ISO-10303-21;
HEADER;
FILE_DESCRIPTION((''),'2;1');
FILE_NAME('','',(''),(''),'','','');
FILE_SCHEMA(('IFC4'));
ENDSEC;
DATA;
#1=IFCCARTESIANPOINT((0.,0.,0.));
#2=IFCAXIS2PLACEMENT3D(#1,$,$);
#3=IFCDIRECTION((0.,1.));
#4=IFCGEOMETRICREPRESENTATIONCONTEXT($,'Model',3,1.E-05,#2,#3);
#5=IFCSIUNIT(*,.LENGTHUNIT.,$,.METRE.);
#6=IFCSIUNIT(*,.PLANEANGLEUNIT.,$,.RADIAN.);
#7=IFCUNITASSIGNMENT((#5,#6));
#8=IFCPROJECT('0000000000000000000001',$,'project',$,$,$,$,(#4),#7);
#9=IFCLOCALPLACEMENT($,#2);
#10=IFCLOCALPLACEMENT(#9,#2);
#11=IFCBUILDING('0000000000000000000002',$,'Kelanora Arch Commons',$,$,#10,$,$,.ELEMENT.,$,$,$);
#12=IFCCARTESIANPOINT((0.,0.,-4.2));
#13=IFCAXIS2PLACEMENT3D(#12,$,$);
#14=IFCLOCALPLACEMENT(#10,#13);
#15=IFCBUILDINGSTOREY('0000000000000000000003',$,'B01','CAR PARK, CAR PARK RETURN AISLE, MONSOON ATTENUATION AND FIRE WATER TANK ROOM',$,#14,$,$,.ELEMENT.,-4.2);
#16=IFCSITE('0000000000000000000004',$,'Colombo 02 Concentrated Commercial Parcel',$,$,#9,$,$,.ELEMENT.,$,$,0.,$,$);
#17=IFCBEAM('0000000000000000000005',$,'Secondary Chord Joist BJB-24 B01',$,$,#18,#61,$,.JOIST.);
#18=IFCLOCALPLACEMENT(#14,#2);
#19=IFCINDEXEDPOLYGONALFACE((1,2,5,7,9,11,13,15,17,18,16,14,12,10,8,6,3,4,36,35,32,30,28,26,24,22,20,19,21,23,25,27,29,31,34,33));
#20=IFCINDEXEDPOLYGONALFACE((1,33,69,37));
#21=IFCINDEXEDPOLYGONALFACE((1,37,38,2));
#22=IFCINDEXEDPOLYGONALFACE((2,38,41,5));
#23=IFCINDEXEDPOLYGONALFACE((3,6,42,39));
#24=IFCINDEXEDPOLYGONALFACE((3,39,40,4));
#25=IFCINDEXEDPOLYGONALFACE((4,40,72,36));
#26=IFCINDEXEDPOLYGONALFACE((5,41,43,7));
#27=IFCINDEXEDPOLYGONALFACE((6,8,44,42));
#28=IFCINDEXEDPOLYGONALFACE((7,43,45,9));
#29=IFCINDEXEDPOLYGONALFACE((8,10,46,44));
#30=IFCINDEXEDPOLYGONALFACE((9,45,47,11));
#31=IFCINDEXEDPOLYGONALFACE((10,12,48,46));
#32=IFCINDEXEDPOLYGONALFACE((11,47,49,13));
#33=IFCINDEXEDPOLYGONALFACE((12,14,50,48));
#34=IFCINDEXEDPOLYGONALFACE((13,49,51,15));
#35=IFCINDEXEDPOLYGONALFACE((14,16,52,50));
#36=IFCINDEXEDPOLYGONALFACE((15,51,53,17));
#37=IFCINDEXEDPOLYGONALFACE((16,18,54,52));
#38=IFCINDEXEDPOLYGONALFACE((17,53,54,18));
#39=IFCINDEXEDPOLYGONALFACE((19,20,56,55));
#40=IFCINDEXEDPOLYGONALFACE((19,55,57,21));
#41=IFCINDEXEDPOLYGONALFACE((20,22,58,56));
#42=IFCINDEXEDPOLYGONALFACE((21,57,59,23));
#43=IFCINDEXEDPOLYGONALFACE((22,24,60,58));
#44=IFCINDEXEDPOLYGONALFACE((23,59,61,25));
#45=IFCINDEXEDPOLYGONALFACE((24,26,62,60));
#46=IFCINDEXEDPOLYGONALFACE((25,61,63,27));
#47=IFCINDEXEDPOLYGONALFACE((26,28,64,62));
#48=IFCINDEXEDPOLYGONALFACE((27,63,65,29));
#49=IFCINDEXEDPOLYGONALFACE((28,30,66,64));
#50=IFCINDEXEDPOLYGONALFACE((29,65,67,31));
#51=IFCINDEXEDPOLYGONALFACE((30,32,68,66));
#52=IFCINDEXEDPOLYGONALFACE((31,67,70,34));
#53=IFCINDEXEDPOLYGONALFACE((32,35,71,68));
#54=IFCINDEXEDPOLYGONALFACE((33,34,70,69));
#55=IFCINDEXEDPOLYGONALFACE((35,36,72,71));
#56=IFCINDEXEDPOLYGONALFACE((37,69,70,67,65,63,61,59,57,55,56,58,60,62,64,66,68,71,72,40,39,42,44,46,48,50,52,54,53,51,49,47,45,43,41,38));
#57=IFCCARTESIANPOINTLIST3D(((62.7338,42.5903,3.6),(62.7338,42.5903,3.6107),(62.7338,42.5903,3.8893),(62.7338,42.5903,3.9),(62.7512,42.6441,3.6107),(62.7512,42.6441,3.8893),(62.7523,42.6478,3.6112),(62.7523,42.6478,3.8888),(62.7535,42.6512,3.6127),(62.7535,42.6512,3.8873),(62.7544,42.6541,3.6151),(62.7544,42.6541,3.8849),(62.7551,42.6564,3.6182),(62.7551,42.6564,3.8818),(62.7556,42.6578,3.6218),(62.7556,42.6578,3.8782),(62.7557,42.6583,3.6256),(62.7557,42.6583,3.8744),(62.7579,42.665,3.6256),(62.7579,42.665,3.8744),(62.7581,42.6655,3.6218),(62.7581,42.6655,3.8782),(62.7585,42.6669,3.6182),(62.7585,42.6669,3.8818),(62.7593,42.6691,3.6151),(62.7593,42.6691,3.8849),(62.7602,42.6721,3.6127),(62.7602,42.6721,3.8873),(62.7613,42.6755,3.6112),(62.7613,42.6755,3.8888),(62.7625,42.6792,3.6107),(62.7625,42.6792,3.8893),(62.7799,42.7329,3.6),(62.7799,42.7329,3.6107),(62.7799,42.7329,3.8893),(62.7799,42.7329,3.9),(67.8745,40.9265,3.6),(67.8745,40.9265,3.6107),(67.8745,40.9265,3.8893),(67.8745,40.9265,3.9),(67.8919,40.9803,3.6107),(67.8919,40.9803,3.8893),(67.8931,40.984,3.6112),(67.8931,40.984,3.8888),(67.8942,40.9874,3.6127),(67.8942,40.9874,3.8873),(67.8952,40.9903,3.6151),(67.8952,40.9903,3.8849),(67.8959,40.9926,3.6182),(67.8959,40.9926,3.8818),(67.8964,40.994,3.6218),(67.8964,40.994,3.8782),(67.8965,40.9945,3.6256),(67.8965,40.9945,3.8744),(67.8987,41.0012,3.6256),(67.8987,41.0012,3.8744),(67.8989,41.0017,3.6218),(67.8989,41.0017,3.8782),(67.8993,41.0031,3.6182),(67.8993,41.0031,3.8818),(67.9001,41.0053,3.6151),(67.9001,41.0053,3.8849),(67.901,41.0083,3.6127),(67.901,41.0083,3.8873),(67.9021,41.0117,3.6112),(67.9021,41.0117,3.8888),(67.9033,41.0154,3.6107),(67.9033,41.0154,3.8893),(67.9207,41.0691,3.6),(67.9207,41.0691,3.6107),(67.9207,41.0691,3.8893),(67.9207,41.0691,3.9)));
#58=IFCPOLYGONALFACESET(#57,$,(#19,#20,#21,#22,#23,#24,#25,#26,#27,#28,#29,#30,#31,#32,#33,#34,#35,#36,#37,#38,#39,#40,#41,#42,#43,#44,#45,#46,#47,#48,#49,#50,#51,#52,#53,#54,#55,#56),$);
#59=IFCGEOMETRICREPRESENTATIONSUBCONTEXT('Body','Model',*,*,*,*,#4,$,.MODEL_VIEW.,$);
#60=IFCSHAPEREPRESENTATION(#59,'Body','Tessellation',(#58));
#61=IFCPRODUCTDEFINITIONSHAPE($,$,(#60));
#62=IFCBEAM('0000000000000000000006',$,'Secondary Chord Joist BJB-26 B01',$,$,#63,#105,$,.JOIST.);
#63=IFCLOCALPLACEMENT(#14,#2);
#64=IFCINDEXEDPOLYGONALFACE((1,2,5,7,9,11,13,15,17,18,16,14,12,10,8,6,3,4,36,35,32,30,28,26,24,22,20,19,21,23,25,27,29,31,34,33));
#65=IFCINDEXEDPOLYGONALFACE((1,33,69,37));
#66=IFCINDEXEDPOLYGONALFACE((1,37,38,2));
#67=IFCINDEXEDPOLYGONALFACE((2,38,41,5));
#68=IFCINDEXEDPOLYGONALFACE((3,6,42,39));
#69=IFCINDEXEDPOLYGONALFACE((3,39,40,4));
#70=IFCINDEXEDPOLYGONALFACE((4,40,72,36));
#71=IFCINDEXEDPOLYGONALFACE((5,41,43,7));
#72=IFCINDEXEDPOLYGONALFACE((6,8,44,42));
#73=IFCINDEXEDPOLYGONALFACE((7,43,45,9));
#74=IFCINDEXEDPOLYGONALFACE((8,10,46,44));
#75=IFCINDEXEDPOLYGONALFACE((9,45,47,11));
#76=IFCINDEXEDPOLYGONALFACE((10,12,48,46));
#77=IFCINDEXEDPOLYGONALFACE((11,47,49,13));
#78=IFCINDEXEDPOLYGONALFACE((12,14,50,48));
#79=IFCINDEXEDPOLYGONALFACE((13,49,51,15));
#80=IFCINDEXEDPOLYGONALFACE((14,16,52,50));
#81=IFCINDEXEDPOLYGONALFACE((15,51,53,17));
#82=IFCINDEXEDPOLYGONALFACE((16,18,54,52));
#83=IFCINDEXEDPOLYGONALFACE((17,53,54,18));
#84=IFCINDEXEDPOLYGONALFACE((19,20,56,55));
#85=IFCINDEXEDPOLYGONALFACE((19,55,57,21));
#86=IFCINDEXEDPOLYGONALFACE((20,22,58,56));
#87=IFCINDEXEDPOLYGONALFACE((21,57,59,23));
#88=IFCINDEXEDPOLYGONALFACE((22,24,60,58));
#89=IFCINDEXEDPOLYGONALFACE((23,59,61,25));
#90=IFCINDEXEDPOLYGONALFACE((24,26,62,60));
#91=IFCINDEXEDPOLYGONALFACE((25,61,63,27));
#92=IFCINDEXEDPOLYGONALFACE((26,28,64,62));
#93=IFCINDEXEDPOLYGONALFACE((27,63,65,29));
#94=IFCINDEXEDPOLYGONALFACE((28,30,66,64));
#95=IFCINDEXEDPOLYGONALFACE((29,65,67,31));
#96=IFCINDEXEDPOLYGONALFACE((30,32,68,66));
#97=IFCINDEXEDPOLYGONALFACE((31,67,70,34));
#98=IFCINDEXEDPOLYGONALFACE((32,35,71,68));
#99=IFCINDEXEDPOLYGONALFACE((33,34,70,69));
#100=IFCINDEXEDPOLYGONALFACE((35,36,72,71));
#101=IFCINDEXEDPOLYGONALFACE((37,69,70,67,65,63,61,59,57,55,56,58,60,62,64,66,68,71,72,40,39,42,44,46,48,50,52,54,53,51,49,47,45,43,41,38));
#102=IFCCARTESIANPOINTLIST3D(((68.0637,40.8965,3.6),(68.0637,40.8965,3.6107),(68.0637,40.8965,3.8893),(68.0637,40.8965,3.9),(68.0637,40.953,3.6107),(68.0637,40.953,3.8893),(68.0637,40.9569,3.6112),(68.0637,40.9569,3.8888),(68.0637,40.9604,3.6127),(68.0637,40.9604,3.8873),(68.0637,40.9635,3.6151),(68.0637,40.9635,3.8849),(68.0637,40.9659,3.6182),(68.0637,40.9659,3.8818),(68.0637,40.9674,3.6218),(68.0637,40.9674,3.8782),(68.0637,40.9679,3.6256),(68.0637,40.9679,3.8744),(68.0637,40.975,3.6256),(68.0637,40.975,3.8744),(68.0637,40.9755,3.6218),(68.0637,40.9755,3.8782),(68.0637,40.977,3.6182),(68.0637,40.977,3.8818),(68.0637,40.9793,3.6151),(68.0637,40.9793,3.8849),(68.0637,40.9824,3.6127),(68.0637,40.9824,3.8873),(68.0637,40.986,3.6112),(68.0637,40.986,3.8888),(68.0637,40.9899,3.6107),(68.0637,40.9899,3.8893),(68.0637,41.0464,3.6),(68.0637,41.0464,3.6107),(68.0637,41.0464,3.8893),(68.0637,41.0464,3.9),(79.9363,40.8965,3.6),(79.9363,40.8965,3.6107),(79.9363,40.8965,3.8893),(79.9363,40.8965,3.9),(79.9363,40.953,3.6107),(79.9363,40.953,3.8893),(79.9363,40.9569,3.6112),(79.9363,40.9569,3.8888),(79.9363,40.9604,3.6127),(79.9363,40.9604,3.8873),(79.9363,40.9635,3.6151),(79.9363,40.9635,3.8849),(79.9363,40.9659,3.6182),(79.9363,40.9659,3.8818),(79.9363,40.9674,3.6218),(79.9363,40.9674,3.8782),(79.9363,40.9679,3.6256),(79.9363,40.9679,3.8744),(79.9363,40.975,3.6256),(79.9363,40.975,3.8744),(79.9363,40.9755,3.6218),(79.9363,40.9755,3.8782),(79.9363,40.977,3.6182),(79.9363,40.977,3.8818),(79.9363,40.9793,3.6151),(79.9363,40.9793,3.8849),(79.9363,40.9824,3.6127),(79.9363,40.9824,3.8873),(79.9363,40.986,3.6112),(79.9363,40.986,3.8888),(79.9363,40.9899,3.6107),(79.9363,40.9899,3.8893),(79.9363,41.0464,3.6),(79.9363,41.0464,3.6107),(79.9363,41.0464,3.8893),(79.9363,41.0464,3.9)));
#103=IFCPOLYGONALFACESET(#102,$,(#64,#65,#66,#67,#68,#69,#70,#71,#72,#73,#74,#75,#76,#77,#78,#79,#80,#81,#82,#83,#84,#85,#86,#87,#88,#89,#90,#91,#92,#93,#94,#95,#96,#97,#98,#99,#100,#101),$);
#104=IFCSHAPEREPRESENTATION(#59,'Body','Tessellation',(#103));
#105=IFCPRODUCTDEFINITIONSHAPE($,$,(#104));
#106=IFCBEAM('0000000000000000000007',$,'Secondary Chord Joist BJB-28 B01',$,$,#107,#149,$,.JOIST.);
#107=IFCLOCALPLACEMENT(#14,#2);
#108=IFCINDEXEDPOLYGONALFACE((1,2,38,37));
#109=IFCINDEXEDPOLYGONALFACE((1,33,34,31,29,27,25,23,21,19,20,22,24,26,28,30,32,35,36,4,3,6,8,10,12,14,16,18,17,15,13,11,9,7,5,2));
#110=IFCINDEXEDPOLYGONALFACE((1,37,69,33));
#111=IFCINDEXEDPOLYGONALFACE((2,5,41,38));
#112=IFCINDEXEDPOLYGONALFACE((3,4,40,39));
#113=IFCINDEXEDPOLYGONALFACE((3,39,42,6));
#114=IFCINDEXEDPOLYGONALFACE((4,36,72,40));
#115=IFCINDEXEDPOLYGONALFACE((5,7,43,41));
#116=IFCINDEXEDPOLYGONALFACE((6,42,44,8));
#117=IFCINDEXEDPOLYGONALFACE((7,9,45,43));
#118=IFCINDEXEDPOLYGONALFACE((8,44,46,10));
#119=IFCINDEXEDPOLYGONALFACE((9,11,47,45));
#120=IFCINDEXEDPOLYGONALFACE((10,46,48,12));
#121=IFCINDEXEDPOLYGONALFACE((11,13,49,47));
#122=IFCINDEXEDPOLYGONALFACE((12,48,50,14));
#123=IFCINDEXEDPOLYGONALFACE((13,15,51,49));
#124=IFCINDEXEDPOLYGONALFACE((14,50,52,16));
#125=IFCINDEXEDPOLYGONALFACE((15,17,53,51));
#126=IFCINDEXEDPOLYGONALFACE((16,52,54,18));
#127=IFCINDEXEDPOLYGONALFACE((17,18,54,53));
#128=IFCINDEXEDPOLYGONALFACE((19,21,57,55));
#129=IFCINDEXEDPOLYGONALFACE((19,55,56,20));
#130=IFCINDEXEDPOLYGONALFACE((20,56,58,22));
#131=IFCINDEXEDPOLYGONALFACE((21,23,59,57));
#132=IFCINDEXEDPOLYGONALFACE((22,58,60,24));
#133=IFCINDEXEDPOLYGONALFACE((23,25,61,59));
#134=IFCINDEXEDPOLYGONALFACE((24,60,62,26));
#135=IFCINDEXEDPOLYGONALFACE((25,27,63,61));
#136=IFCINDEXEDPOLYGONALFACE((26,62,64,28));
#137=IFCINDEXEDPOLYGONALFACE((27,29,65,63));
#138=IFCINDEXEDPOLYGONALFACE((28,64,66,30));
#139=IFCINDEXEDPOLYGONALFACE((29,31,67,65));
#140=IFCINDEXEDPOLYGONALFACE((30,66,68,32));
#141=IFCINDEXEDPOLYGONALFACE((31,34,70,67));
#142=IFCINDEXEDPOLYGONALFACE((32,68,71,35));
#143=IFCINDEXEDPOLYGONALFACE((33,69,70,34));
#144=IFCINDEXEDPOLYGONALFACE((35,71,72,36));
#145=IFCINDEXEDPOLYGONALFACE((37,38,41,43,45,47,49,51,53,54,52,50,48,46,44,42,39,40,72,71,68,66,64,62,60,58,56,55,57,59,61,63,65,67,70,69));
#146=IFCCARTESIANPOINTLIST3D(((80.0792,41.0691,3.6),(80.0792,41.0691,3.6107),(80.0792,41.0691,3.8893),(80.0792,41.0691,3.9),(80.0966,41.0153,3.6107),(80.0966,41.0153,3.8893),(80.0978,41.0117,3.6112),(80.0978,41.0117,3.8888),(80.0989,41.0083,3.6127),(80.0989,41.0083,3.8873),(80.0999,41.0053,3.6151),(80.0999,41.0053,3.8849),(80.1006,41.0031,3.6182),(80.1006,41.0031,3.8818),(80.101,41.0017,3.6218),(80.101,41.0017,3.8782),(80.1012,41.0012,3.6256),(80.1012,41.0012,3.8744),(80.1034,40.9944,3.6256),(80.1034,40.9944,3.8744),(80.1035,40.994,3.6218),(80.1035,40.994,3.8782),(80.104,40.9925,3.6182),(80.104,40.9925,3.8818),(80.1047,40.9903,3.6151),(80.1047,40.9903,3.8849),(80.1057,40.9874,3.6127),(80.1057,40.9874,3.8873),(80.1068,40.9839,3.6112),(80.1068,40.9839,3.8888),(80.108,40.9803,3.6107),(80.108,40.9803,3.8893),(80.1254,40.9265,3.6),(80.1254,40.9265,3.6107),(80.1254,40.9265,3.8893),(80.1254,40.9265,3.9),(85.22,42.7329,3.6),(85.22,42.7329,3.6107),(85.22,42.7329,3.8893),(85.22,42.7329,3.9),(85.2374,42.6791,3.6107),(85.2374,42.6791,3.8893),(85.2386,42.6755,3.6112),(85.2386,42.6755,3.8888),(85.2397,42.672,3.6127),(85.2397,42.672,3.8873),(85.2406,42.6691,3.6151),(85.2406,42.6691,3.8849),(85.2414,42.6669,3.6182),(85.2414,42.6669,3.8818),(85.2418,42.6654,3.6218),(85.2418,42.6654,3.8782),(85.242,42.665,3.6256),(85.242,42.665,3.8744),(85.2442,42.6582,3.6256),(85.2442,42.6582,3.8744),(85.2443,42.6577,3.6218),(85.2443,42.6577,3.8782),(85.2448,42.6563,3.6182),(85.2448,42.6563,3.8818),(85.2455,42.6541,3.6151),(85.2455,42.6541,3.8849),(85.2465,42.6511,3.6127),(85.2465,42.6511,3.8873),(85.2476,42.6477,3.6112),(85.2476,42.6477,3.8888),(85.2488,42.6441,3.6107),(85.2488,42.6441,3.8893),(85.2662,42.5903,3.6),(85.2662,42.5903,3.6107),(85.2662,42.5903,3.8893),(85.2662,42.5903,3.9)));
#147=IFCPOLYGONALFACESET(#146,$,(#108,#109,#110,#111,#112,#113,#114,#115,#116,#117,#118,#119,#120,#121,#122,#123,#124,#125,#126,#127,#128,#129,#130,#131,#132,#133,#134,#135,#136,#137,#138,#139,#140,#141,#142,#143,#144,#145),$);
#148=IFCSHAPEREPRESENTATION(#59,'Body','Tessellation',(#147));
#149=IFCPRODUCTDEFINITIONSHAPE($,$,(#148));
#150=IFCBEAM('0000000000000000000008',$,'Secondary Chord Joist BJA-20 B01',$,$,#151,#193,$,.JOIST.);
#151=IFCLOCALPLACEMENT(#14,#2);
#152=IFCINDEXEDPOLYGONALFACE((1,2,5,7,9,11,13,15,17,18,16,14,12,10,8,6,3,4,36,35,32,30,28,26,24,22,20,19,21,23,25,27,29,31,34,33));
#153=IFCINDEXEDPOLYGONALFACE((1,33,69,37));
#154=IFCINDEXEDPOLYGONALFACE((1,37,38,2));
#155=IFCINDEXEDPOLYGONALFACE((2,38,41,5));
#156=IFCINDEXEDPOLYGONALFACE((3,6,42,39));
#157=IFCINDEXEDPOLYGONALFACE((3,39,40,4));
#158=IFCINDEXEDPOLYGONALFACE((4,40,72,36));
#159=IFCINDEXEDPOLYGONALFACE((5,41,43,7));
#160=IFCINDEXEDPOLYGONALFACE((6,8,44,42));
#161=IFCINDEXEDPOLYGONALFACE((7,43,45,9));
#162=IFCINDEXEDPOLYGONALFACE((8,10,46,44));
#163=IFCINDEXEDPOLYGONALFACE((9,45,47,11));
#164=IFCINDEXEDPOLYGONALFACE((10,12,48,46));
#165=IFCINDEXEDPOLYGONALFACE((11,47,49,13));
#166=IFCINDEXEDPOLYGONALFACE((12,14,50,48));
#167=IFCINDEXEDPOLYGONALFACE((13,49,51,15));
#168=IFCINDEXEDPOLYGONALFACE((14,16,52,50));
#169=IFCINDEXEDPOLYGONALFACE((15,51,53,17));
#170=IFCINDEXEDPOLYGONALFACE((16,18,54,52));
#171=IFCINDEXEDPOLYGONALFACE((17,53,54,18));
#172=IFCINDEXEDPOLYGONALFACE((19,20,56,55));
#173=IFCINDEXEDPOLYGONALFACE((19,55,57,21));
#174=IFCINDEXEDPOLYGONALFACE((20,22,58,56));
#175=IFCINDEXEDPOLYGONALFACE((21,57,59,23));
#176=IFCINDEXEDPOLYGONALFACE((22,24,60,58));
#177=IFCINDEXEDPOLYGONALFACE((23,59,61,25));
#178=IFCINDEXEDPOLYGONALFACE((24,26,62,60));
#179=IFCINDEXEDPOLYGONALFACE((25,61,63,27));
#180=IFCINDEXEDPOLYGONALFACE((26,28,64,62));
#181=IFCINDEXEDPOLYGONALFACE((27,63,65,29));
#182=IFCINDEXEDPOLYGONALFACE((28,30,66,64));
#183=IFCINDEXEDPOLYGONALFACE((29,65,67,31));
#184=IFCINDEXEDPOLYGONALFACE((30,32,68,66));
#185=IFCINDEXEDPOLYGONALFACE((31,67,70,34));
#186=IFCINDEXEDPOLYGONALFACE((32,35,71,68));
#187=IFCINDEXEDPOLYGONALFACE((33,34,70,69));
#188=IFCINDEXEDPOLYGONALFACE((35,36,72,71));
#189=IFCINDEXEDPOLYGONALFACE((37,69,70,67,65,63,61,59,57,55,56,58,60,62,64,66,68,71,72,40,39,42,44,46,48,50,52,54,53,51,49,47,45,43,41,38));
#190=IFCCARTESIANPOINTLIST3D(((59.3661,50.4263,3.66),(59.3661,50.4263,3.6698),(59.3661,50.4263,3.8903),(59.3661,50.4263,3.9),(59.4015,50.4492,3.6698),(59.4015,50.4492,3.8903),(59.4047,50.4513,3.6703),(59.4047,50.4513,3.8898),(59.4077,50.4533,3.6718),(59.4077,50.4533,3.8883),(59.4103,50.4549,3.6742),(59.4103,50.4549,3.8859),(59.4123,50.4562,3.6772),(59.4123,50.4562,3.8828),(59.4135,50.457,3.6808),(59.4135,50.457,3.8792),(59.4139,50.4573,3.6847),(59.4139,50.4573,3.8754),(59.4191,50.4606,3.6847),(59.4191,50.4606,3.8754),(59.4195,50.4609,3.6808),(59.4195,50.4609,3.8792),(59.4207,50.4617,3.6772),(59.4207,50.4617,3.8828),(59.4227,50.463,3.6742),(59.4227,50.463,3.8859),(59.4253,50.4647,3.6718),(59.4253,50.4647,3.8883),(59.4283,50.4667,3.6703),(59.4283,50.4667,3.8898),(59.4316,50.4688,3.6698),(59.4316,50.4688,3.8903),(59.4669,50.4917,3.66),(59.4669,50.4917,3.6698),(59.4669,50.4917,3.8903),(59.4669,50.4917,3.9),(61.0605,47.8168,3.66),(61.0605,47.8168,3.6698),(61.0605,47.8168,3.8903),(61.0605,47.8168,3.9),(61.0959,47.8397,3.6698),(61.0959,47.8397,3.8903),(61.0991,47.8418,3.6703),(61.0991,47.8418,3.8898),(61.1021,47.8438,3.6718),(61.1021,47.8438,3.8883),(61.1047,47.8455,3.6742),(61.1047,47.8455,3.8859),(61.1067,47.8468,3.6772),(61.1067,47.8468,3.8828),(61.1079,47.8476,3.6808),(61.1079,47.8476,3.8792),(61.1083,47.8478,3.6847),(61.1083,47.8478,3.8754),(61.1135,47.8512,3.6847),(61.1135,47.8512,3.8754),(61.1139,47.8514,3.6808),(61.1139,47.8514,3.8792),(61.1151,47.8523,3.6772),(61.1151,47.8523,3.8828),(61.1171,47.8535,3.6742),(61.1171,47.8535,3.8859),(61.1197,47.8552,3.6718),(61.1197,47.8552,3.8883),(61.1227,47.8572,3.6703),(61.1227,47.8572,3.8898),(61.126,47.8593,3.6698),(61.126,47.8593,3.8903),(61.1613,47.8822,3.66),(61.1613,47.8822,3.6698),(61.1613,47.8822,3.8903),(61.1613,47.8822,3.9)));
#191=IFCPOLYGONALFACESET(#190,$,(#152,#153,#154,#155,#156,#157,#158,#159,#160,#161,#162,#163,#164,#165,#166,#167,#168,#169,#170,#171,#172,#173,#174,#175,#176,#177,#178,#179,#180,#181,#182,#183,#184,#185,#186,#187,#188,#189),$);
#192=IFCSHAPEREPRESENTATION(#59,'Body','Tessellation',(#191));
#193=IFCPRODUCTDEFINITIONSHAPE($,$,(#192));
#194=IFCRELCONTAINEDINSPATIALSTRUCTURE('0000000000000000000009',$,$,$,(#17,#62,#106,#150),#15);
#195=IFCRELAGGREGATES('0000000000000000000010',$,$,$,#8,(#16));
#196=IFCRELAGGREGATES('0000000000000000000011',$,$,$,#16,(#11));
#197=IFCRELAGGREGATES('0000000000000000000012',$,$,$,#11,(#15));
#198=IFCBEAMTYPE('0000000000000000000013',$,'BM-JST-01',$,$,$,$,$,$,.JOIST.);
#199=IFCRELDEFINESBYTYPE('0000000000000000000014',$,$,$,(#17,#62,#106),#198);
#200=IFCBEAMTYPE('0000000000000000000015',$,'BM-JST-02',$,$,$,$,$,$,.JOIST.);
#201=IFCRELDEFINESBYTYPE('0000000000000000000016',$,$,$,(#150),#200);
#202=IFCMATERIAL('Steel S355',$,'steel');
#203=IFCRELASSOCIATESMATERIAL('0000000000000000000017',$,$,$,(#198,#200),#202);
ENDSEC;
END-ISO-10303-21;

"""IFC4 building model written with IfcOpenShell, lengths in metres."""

from ifc_helpers import new_model, si_unit, direction, frame, origin, origin_2d, place, context, subcontext, project, spatial, i_section, extrude, material, material_profile, profile_set, type_object, element, save


model = new_model("IFC4")

# Units and contexts
model_context = context("Model", 3, precision=1e-05, world=origin(), true_north=direction((0.0, 1.0)))
body_context = subcontext(model_context, "Body", "Model", "MODEL_VIEW")
ifc_project = project(units=[si_unit("LENGTHUNIT", "METRE"), si_unit("PLANEANGLEUNIT", "RADIAN")], contexts=[model_context])

# Site, building, storey
site_placement = place(None, origin())
site = spatial("IfcSite", under=ifc_project, at=site_placement, Name="Colombo 02 Concentrated Commercial Parcel", CompositionType="ELEMENT", RefElevation=0.0)
building_placement = place(site_placement, origin())
building = spatial("IfcBuilding", under=site, at=building_placement, Name="Kelanora Arch Commons", CompositionType="ELEMENT")
storey_placement = place(building_placement, frame((0.0, 0.0, -4.2)))
storey = spatial("IfcBuildingStorey", under=building, at=storey_placement, Name="B01", Description="CAR PARK, CAR PARK RETURN AISLE, MONSOON ATTENUATION AND FIRE WATER TANK ROOM", CompositionType="ELEMENT", Elevation=-4.2)

# Beams
ifc_material_1 = material(Name="Steel S355", Category="steel")
ifc_material_profile_1 = material_profile(ifc_material_1, i_section(OverallWidth=0.1499, OverallDepth=0.3, WebThickness=0.0071, FlangeThickness=0.0107, FilletRadius=0.0149, at=origin_2d()), Name="IPE300")
ifc_profile_set_1 = profile_set([ifc_material_profile_1], Name="Steel S355")
beam_type_1 = type_object("IfcBeamType", Name="BM-JST-01", PredefinedType="JOIST", material=ifc_profile_set_1)
beam_1_placement = place(storey_placement, frame((62.7568, 42.6616, 3.75), z_axis=(0.951412, -0.30792, 0.0), x_axis=(0.30792, 0.951412, 0.0)))
element("IfcBeam", 1, at=beam_1_placement, inside=storey, type_object=beam_type_1, Name="Secondary Chord Joist BJB-24 B01", PredefinedType="JOIST", context=body_context, shape_type="SweptSolid", body=[
    extrude(i_section(OverallWidth=0.1499, OverallDepth=0.3, WebThickness=0.0071, FlangeThickness=0.0107, FilletRadius=0.0149, at=origin_2d()), origin(), (0.0, 0.0, 1.0), 5.4033),
])
beam_2_placement = place(storey_placement, frame((68.0637, 40.9714, 3.75), z_axis=(1.0, 0.0, 0.0), x_axis=(0.0, 1.0, 0.0)))
element("IfcBeam", 2, at=beam_2_placement, inside=storey, type_object=beam_type_1, Name="Secondary Chord Joist BJB-26 B01", PredefinedType="JOIST", context=body_context, shape_type="SweptSolid", body=[
    extrude(i_section(OverallWidth=0.1499, OverallDepth=0.3, WebThickness=0.0071, FlangeThickness=0.0107, FilletRadius=0.0149, at=origin_2d()), origin(), (0.0, 0.0, 1.0), 11.8726),
])
beam_3_placement = place(storey_placement, frame((80.1023, 40.9978, 3.75), z_axis=(0.951412, 0.30792, 0.0), x_axis=(-0.30792, 0.951412, 0.0)))
element("IfcBeam", 3, at=beam_3_placement, inside=storey, type_object=beam_type_1, Name="Secondary Chord Joist BJB-28 B01", PredefinedType="JOIST", context=body_context, shape_type="SweptSolid", body=[
    extrude(i_section(OverallWidth=0.1499, OverallDepth=0.3, WebThickness=0.0071, FlangeThickness=0.0107, FilletRadius=0.0149, at=origin_2d()), origin(), (0.0, 0.0, 1.0), 5.4033),
])
ifc_material_profile_2 = material_profile(ifc_material_1, i_section(OverallWidth=0.1201, OverallDepth=0.24, WebThickness=0.0061, FlangeThickness=0.0098, FilletRadius=0.0149, at=origin_2d()), Name="IPE240")
ifc_profile_set_2 = profile_set([ifc_material_profile_2], Name="Steel S355")
beam_type_2 = type_object("IfcBeamType", Name="BM-JST-02", PredefinedType="JOIST", material=ifc_profile_set_2)
beam_4_placement = place(storey_placement, frame((59.4165, 50.459, 3.78), z_axis=(0.544591, -0.838702, 0.0), x_axis=(0.838702, 0.544591, 0.0)))
element("IfcBeam", 4, at=beam_4_placement, inside=storey, type_object=beam_type_2, Name="Secondary Chord Joist BJA-20 B01", PredefinedType="JOIST", context=body_context, shape_type="SweptSolid", body=[
    extrude(i_section(OverallWidth=0.1201, OverallDepth=0.24, WebThickness=0.0061, FlangeThickness=0.0098, FilletRadius=0.0149, at=origin_2d()), origin(), (0.0, 0.0, 1.0), 3.1113),
])

save(model, "model.ifc")
